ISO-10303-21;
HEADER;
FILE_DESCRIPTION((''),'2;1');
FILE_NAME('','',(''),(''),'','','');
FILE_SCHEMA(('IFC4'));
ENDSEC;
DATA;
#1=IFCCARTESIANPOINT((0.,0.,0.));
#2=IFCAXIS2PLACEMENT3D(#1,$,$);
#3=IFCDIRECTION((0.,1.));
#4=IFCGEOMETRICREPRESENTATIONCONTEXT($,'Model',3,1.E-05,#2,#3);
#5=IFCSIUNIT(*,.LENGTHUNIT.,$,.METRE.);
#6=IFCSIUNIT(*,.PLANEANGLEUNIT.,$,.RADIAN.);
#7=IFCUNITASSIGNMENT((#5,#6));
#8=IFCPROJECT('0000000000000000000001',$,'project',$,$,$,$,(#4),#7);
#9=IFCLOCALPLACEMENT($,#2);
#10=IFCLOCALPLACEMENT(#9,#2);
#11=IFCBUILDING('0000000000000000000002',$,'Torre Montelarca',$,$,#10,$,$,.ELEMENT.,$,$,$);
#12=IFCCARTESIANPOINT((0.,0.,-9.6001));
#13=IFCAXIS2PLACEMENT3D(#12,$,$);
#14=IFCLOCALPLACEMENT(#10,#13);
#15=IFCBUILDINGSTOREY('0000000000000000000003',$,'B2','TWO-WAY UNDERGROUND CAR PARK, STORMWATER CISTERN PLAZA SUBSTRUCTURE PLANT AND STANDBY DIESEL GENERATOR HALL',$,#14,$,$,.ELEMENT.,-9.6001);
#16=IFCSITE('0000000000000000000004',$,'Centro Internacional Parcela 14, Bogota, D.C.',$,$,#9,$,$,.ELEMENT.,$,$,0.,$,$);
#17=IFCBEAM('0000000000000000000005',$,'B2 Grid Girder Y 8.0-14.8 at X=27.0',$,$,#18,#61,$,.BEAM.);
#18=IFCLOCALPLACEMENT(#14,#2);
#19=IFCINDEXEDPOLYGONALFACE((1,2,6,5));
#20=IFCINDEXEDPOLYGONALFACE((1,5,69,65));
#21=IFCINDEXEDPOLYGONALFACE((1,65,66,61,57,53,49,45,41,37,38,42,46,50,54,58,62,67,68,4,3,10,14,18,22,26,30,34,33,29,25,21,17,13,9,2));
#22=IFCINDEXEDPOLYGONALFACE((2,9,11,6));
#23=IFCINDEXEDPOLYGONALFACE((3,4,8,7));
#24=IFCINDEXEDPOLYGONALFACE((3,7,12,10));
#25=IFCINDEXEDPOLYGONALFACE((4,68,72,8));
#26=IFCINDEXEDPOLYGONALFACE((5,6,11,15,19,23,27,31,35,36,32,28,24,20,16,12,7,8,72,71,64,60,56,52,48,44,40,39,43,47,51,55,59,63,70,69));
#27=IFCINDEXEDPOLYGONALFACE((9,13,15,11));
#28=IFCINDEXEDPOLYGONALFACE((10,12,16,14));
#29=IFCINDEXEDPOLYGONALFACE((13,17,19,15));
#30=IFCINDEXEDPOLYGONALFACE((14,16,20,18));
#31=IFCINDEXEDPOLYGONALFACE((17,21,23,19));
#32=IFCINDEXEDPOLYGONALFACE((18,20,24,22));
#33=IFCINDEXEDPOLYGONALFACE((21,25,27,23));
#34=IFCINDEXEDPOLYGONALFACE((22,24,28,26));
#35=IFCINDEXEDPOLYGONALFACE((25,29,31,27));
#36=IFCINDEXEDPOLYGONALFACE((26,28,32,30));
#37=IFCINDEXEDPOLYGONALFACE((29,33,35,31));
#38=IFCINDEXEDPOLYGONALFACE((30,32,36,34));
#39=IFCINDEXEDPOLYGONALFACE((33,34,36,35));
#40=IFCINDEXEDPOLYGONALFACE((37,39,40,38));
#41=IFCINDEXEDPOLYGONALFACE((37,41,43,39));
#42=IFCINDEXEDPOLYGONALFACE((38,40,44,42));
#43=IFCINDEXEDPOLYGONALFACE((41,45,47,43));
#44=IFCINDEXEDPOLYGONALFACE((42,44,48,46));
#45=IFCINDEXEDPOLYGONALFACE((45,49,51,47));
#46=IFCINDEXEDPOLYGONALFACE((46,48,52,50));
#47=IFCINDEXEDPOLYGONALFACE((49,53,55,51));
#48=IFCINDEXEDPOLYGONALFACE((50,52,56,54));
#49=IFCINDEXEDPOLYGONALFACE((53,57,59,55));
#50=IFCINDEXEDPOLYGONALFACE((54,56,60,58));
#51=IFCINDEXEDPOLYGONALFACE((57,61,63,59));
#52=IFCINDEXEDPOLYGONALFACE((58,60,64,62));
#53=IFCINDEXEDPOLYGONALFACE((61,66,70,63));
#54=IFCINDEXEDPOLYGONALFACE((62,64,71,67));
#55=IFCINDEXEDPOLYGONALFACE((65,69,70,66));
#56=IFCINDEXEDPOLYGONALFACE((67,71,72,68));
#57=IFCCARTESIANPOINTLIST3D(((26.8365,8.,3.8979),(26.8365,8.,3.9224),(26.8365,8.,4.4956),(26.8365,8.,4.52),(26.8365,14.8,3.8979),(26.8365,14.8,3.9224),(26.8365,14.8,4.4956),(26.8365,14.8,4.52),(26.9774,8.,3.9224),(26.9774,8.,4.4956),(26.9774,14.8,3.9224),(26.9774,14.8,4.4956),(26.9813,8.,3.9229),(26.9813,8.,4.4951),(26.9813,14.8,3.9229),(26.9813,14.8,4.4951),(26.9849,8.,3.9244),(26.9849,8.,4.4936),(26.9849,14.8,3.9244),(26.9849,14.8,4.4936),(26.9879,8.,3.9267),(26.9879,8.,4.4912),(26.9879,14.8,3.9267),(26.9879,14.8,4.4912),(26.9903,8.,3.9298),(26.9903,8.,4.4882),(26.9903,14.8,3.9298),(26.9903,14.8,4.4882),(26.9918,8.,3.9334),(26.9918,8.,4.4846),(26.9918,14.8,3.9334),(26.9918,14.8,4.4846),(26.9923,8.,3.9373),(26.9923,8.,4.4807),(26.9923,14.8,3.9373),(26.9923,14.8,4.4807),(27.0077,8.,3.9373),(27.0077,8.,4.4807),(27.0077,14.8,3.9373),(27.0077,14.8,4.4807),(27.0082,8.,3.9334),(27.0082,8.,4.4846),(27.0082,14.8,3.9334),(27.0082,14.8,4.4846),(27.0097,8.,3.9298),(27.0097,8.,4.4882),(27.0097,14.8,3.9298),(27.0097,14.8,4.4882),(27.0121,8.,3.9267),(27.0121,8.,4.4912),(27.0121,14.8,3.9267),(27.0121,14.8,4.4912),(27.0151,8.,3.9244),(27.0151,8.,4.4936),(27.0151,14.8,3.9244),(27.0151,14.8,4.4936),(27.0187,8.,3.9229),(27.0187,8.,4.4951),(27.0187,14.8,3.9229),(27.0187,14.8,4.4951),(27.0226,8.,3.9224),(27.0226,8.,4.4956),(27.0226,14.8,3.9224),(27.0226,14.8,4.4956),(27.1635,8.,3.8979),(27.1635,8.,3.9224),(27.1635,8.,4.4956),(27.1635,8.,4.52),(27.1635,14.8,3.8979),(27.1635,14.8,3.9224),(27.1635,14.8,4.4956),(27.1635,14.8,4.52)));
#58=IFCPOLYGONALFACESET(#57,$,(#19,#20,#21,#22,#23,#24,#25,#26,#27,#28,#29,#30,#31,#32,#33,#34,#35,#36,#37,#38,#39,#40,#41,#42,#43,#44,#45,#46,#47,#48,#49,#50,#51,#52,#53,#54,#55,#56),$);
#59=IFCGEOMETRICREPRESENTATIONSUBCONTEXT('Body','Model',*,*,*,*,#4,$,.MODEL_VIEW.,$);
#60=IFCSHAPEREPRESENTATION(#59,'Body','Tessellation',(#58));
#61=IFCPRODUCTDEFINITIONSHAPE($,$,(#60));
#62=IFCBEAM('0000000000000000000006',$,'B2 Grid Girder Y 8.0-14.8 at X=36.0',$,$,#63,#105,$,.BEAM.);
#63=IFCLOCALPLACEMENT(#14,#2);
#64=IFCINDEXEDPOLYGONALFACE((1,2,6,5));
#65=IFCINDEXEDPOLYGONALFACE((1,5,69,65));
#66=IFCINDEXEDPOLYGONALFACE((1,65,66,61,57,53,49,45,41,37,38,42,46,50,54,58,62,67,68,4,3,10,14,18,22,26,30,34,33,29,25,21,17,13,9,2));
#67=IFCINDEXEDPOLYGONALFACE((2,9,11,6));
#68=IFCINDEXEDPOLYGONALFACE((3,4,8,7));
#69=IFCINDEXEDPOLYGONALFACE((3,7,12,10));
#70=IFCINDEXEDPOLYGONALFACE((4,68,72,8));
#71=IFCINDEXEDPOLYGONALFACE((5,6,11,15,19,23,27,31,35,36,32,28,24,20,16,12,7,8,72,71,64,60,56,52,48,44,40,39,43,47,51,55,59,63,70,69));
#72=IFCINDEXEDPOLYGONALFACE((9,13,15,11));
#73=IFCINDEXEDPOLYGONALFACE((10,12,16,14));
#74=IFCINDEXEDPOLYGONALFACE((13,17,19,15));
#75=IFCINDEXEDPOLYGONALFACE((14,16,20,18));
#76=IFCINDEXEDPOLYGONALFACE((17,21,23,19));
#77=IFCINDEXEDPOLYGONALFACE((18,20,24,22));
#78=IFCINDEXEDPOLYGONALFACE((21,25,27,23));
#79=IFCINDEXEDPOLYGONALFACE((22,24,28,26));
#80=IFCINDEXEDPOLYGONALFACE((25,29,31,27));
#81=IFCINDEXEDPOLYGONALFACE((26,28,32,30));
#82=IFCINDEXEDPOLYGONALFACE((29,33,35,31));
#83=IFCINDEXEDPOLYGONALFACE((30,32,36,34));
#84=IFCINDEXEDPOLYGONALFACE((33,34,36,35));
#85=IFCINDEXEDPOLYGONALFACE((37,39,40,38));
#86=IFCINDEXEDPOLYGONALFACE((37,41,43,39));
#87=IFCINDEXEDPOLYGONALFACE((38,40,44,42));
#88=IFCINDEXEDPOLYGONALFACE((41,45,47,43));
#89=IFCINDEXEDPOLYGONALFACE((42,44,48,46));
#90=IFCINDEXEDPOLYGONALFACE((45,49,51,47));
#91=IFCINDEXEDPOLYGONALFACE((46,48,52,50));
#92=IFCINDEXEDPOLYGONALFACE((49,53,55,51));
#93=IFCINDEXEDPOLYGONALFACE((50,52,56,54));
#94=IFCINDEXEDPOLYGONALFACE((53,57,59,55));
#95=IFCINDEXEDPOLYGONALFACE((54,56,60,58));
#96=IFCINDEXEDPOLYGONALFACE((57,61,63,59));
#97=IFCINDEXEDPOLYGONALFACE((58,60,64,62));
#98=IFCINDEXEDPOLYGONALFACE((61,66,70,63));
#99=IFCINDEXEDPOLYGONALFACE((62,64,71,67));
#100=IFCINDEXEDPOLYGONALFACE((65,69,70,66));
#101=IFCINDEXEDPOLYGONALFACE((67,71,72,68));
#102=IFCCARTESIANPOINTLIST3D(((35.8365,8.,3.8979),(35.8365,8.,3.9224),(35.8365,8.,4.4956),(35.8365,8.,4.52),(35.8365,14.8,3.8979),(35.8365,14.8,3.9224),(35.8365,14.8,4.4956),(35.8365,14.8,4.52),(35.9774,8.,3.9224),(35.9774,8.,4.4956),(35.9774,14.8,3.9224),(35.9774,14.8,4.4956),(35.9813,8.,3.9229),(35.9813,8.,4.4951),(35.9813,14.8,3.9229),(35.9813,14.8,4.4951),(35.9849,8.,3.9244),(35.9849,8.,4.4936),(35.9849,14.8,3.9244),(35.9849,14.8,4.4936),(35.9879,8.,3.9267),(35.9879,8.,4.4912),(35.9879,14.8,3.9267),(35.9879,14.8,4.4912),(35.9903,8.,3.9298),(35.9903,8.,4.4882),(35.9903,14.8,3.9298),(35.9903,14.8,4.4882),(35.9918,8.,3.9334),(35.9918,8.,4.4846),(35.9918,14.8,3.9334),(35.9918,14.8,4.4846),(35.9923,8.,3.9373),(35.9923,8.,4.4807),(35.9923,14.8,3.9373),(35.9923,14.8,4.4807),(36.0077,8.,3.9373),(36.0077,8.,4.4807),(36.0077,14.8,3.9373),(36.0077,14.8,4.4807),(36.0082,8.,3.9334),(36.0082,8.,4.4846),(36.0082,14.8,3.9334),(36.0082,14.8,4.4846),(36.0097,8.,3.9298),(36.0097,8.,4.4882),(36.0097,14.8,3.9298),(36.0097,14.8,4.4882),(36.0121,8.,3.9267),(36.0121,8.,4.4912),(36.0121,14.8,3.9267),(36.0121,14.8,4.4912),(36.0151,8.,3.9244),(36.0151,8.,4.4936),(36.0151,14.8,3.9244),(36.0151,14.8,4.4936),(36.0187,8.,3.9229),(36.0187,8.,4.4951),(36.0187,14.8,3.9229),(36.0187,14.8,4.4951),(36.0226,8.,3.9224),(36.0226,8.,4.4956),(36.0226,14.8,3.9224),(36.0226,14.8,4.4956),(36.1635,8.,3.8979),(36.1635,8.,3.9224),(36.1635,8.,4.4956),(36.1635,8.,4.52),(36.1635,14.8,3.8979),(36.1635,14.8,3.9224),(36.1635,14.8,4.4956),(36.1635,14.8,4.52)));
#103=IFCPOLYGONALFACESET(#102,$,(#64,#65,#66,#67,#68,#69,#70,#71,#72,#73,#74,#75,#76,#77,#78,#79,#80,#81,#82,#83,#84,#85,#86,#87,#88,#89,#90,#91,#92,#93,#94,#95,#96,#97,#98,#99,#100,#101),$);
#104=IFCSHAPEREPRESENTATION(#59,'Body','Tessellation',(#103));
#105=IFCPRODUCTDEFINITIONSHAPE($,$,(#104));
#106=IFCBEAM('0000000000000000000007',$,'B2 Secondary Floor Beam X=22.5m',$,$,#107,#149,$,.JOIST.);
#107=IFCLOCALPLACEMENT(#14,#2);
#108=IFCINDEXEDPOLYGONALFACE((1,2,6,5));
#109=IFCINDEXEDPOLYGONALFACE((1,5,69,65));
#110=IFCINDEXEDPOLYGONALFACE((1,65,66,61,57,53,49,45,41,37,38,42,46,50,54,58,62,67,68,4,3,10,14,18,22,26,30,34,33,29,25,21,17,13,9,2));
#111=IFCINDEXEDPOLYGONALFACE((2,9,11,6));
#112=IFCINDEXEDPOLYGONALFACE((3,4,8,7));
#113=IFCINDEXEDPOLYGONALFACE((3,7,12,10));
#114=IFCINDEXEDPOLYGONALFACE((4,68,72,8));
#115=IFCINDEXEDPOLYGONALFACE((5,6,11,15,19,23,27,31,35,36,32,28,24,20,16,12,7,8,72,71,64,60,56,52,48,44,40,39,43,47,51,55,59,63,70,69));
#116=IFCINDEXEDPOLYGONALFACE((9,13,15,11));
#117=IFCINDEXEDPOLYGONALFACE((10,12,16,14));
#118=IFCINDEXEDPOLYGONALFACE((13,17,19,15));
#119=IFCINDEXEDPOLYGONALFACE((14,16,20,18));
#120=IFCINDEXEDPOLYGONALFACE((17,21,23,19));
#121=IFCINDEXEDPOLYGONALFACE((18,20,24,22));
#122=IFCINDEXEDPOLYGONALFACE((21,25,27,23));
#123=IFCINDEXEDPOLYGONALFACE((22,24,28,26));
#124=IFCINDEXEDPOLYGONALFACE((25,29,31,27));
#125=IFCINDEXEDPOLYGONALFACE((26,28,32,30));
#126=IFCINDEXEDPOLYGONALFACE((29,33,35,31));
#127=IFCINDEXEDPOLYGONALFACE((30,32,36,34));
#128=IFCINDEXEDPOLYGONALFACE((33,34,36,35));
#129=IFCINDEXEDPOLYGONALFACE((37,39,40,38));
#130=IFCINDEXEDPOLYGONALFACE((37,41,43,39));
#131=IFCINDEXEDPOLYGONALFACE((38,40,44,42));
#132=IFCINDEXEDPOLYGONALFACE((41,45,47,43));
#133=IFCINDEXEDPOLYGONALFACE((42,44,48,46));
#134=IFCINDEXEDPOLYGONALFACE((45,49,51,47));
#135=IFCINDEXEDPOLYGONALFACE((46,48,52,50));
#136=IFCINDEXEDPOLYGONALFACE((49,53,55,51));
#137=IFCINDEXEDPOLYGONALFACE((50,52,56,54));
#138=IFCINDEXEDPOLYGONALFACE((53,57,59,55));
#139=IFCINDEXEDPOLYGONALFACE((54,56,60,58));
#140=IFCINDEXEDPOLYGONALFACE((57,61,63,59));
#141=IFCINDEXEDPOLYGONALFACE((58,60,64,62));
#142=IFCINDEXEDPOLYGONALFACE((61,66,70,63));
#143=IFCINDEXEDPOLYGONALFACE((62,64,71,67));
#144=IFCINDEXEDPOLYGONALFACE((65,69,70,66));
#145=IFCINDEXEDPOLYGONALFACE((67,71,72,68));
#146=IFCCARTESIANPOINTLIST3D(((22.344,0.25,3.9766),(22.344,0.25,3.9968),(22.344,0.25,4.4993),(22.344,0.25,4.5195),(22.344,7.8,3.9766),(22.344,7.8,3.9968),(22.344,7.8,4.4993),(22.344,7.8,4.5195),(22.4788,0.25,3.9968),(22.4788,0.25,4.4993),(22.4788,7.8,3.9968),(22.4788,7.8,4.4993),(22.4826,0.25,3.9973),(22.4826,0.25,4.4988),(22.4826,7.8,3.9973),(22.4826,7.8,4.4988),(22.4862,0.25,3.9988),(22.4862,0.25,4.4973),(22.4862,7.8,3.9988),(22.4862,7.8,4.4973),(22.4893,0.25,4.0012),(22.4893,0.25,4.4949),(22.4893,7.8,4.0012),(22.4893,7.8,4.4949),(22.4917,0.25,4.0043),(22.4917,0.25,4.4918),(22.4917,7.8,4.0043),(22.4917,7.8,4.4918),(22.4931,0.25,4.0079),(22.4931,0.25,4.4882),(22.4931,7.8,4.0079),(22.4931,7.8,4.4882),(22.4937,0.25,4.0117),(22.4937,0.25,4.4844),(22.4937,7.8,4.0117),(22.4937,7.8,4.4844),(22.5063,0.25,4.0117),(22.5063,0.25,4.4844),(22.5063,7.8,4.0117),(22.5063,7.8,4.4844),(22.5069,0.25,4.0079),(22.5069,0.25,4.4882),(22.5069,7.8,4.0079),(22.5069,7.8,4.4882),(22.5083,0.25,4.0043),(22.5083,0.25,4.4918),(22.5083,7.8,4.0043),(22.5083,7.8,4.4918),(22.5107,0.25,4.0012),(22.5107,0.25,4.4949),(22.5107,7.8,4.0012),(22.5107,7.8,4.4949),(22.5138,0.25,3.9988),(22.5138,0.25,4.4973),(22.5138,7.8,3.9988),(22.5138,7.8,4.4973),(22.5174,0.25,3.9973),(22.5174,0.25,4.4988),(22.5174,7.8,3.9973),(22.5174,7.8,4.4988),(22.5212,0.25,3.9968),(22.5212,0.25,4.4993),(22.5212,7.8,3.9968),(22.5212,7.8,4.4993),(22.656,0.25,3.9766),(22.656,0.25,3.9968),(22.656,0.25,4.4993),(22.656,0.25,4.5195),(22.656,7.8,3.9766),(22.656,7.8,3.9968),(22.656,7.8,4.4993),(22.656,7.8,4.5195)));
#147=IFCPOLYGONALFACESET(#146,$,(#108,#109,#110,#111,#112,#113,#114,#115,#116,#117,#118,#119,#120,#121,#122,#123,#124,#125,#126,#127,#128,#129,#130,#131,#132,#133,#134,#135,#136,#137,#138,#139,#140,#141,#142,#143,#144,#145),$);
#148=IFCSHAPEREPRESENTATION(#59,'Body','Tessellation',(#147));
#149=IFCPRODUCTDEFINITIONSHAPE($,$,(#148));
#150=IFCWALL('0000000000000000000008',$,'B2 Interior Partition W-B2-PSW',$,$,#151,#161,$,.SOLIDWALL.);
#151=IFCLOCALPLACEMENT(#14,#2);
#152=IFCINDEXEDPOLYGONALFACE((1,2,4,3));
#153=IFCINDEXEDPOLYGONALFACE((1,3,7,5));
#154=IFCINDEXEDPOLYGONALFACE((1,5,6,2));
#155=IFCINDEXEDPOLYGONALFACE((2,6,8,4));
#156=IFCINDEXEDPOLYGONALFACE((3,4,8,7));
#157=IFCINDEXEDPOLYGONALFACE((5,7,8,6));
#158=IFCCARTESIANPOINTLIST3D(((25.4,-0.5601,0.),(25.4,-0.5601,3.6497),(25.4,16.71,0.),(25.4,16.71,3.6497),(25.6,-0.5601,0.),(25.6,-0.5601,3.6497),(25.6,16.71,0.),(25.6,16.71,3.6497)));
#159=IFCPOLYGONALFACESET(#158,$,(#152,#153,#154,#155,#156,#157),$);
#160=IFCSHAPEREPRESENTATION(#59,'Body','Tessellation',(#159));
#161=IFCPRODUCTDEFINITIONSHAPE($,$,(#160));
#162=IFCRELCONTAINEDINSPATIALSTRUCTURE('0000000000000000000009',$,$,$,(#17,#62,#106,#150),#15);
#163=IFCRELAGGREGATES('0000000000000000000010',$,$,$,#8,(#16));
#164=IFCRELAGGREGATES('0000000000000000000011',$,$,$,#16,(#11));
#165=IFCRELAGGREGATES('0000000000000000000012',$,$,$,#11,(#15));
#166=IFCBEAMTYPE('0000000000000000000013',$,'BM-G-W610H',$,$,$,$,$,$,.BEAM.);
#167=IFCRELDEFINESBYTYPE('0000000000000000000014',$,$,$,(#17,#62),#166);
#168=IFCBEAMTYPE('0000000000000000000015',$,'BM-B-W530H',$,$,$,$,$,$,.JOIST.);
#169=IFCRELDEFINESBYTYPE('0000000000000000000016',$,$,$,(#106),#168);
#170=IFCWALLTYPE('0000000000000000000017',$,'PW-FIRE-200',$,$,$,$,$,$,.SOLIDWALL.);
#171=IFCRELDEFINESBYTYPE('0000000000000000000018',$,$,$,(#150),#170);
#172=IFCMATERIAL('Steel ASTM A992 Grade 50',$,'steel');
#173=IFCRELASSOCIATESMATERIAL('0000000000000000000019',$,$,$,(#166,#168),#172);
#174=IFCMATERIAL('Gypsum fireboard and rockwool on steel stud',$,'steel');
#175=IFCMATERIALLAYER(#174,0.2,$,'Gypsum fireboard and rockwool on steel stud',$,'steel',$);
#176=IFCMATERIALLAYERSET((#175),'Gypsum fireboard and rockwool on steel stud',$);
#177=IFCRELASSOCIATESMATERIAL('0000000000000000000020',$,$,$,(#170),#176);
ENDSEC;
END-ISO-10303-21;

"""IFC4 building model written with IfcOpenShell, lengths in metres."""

from ifc_helpers import new_model, si_unit, direction, frame, frame_2d, origin, origin_2d, place, context, subcontext, project, spatial, rectangle, i_section, extrude, source, transform, mapped, material, layer, layer_set, material_profile, profile_set, type_object, element, save


model = new_model("IFC4")

# Units and contexts
model_context = context("Model", 3, precision=1e-05, world=origin(), true_north=direction((0.0, 1.0)))
body_context = subcontext(model_context, "Body", "Model", "MODEL_VIEW")
ifc_project = project(units=[si_unit("LENGTHUNIT", "METRE"), si_unit("PLANEANGLEUNIT", "RADIAN")], contexts=[model_context])

# Site, building, storey
site_placement = place(None, origin())
site = spatial("IfcSite", under=ifc_project, at=site_placement, Name="Centro Internacional Parcela 14, Bogota, D.C.", CompositionType="ELEMENT", RefElevation=0.0)
building_placement = place(site_placement, origin())
building = spatial("IfcBuilding", under=site, at=building_placement, Name="Torre Montelarca", CompositionType="ELEMENT")
storey_placement = place(building_placement, frame((0.0, 0.0, -9.6001)))
storey = spatial("IfcBuildingStorey", under=building, at=storey_placement, Name="B2", Description="TWO-WAY UNDERGROUND CAR PARK, STORMWATER CISTERN PLAZA SUBSTRUCTURE PLANT AND STANDBY DIESEL GENERATOR HALL", CompositionType="ELEMENT", Elevation=-9.6001)

# Beams
ifc_material_1 = material(Name="Steel ASTM A992 Grade 50", Category="steel")
ifc_material_profile_1 = material_profile(ifc_material_1, i_section(OverallWidth=0.3269, OverallDepth=0.6221, WebThickness=0.0154, FlangeThickness=0.0244, FilletRadius=0.0149, at=origin_2d()), Name="W610X195", Category="steel")
ifc_profile_set_1 = profile_set([ifc_material_profile_1], Name="Steel ASTM A992 Grade 50")
beam_type_1 = type_object("IfcBeamType", Name="BM-G-W610H", PredefinedType="BEAM", material=ifc_profile_set_1)
shared_shape_1 = source(origin(), body_context, "Body", "SweptSolid", [
    extrude(i_section(OverallWidth=0.3269, OverallDepth=0.6221, WebThickness=0.0154, FlangeThickness=0.0244, FilletRadius=0.0149, at=origin_2d()), origin(), (0.0, 0.0, 1.0), 6.8),
])
for number, where, z_axis, x_axis, name in (
    (1, (27.0, 8.0, 4.209), (0.0, 1.0, 0.0), (-1.0, 0.0, 0.0), "B2 Grid Girder Y 8.0-14.8 at X=27.0"),
    (2, (36.0, 8.0, 4.209), (0.0, 1.0, 0.0), (-1.0, 0.0, 0.0), "B2 Grid Girder Y 8.0-14.8 at X=36.0"),
):
    element("IfcBeam", number, at=place(storey_placement, frame(where, z_axis=z_axis, x_axis=x_axis)), inside=storey, type_object=beam_type_1, Name=name, PredefinedType="BEAM", context=body_context, shape_type="MappedRepresentation", body=[
        mapped(shared_shape_1, transform((0.0, 0.0, 0.0), scale=1.0)),
    ])
ifc_material_profile_2 = material_profile(ifc_material_1, i_section(OverallWidth=0.312, OverallDepth=0.543, WebThickness=0.0127, FlangeThickness=0.0203, FilletRadius=0.0149, at=origin_2d()), Name="W530X150", Category="steel")
ifc_profile_set_2 = profile_set([ifc_material_profile_2], Name="Steel ASTM A992 Grade 50")
beam_type_2 = type_object("IfcBeamType", Name="BM-B-W530H", PredefinedType="JOIST", material=ifc_profile_set_2)
shared_shape_2 = source(origin(), body_context, "Body", "SweptSolid", [
    extrude(i_section(OverallWidth=0.312, OverallDepth=0.543, WebThickness=0.0127, FlangeThickness=0.0203, FilletRadius=0.0149, at=origin_2d()), origin(), (0.0, 0.0, 1.0), 7.55),
])
beam_1_placement = place(storey_placement, frame((22.5, 0.25, 4.248), z_axis=(0.0, 1.0, 0.0), x_axis=(-1.0, 0.0, 0.0)))
element("IfcBeam", 3, at=beam_1_placement, inside=storey, type_object=beam_type_2, Name="B2 Secondary Floor Beam X=22.5m", PredefinedType="JOIST", context=body_context, shape_type="MappedRepresentation", body=[
    mapped(shared_shape_2, transform((0.0, 0.0, 0.0), scale=1.0)),
])

# Wall
ifc_material_2 = material(Name="Gypsum fireboard and rockwool on steel stud", Category="steel")
ifc_layer = layer(ifc_material_2, 0.2, Name="Gypsum fireboard and rockwool on steel stud", Category="steel")
ifc_layer_set = layer_set([ifc_layer], Name="Gypsum fireboard and rockwool on steel stud")
wall_type = type_object("IfcWallType", Name="PW-FIRE-200", PredefinedType="SOLIDWALL", material=ifc_layer_set)
wall_placement = place(storey_placement, frame((25.5, -0.5601, 0.0), z_axis=(0.0, 0.0, 1.0), x_axis=(0.0, 1.0, 0.0)))
element("IfcWall", 4, at=wall_placement, inside=storey, type_object=wall_type, Name="B2 Interior Partition W-B2-PSW", PredefinedType="SOLIDWALL", context=body_context, shape_type="SweptSolid", body=[
    extrude(rectangle(XDim=17.27, YDim=0.2, at=frame_2d((8.635, 0.0))), origin(), (0.0, 0.0, 1.0), 3.6497),
])

save(model, "model.ifc")
